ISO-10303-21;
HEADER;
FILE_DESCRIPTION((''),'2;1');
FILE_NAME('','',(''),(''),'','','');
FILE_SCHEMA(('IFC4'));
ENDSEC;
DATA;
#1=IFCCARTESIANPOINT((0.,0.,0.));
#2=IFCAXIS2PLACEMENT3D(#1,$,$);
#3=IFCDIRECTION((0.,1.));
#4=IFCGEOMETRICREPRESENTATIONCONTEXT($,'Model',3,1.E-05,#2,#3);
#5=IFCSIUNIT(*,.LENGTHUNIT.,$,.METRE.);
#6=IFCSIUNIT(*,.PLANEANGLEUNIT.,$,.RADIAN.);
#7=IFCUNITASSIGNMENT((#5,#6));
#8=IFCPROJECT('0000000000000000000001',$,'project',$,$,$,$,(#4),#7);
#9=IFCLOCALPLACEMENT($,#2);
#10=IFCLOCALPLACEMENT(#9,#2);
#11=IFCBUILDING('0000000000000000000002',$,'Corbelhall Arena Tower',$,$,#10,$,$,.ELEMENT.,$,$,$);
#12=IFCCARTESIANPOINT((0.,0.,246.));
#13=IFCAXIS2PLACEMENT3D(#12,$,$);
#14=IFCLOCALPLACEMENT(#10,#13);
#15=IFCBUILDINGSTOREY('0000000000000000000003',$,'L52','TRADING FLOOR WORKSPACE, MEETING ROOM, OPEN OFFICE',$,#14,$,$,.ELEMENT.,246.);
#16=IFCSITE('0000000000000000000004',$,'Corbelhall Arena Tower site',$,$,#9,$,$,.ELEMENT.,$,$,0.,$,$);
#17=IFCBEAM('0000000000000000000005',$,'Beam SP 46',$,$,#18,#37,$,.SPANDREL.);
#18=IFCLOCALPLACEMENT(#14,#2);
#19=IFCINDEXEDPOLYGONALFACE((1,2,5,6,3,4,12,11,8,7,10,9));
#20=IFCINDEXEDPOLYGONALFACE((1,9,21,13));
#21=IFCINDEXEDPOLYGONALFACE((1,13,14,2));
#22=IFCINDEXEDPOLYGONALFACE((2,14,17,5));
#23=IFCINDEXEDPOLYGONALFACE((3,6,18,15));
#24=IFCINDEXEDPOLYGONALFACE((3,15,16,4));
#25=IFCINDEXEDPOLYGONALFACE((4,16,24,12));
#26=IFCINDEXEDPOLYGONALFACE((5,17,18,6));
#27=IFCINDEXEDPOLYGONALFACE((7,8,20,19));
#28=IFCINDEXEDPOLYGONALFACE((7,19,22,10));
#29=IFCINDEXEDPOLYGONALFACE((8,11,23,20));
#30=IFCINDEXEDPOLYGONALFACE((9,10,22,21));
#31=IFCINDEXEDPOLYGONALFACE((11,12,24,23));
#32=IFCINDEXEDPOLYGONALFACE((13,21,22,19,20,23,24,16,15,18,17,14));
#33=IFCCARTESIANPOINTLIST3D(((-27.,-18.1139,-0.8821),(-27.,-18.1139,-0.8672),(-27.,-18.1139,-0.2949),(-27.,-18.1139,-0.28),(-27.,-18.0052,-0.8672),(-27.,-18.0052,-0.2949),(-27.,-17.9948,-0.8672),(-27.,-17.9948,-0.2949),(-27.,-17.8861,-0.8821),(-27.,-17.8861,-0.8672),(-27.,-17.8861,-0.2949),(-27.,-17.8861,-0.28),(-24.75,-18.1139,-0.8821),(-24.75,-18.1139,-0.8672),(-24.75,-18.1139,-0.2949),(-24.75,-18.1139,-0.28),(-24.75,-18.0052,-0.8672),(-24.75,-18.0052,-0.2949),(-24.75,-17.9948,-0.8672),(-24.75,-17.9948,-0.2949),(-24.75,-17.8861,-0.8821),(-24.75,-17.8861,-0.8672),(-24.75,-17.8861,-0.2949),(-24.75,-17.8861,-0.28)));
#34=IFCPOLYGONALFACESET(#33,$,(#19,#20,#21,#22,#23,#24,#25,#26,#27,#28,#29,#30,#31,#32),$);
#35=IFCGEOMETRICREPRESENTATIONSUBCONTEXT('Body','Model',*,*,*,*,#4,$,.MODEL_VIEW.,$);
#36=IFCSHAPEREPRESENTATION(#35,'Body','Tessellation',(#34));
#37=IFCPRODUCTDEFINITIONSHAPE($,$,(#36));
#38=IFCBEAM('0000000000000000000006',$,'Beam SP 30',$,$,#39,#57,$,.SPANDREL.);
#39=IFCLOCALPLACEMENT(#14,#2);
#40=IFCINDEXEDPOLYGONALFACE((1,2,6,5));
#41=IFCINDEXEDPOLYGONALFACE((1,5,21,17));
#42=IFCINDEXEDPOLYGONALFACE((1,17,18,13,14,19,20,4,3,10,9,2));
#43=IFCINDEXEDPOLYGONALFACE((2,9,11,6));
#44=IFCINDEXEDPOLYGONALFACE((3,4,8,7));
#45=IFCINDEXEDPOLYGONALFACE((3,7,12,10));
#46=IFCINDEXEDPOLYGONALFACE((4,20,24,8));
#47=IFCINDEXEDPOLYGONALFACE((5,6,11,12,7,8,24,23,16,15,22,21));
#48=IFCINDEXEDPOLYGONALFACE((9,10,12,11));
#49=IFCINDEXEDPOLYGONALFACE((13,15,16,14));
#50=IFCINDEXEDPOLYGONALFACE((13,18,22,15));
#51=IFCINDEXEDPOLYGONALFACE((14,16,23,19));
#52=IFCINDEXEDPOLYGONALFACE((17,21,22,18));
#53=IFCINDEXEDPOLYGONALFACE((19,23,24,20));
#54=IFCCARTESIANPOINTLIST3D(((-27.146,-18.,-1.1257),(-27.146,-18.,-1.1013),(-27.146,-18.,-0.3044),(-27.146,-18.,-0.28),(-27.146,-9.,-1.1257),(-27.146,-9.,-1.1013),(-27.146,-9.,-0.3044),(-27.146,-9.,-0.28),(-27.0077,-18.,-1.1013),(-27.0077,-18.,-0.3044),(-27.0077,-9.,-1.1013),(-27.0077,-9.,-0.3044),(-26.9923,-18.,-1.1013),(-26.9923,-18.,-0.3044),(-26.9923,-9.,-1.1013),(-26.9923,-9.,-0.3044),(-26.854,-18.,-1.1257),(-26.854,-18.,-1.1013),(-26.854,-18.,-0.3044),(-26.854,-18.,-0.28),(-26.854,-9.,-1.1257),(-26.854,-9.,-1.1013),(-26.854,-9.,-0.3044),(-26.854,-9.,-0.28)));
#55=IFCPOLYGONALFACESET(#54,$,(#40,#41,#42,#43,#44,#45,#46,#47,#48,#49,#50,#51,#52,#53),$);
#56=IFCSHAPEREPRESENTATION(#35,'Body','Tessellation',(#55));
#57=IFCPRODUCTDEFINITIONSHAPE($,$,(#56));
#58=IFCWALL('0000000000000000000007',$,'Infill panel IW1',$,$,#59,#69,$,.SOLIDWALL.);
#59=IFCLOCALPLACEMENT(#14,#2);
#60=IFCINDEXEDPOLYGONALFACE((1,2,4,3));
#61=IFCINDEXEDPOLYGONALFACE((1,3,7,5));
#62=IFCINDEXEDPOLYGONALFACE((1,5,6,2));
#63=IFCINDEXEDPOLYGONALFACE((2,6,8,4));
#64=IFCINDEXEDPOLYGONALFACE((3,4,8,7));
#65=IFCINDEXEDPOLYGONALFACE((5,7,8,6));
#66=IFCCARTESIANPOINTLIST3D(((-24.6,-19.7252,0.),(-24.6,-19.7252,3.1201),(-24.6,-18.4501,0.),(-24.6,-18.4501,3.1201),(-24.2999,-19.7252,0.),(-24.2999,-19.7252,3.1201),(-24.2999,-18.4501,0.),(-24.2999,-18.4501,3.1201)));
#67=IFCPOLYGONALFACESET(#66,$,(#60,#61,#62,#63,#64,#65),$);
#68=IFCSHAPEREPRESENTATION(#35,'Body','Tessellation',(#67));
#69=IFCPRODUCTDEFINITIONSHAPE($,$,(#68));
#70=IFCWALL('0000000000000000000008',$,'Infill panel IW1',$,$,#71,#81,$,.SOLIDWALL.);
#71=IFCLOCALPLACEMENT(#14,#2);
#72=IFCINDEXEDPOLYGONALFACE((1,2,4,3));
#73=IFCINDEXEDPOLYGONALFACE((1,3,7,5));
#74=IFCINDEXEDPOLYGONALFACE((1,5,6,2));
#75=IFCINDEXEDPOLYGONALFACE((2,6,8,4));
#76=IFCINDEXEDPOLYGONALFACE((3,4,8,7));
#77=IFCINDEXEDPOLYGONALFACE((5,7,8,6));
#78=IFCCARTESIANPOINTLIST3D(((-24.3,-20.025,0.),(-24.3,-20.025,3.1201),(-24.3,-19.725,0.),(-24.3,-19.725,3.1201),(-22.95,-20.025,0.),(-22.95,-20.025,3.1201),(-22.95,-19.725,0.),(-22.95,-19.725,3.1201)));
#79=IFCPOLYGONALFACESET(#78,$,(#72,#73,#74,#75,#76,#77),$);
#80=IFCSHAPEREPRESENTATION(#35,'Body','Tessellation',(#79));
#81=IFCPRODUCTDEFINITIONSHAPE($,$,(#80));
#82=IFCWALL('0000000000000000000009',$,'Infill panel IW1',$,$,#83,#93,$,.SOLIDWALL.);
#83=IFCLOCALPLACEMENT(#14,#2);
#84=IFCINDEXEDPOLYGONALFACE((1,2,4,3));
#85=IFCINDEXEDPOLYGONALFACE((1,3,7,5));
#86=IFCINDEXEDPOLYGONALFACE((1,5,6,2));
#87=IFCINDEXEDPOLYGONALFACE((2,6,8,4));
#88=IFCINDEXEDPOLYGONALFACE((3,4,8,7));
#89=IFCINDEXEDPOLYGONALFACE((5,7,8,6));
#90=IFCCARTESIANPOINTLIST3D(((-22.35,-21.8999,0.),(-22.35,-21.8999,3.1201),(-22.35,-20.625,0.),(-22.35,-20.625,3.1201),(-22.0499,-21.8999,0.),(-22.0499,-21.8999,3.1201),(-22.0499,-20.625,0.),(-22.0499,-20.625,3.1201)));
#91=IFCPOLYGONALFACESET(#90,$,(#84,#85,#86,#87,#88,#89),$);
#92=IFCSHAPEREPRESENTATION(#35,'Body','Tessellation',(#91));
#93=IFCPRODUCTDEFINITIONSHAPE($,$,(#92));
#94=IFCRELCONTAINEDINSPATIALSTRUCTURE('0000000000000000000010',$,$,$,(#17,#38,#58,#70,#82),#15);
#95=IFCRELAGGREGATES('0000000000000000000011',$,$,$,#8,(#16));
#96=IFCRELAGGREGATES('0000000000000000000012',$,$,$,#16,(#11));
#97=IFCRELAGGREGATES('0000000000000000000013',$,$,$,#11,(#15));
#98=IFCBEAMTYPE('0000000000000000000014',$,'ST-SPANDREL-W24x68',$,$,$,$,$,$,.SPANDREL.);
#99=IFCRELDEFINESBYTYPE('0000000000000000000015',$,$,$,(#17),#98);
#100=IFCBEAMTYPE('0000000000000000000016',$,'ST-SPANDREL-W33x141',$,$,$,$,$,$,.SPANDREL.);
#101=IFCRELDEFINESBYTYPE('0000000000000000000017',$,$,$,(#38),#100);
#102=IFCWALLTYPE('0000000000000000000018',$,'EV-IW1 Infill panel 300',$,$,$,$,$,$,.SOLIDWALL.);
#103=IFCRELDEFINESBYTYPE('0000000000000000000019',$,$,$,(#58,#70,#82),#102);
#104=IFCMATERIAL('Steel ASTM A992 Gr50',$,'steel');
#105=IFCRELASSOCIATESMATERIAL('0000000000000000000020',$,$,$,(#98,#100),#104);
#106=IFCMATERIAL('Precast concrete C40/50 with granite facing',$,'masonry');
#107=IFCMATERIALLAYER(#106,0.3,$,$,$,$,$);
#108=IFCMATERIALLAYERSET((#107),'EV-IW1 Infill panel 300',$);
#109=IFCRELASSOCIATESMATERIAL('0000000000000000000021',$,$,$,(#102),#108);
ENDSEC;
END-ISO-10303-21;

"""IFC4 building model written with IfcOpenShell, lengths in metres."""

from ifc_helpers import new_model, si_unit, direction, frame, frame_2d, origin, origin_2d, place, context, subcontext, project, spatial, rectangle, i_section, extrude, material, layer, layer_set, material_profile, profile_set, type_object, element, save


model = new_model("IFC4")

# Units and contexts
model_context = context("Model", 3, precision=1e-05, world=origin(), true_north=direction((0.0, 1.0)))
body_context = subcontext(model_context, "Body", "Model", "MODEL_VIEW")
ifc_project = project(units=[si_unit("LENGTHUNIT", "METRE"), si_unit("PLANEANGLEUNIT", "RADIAN")], contexts=[model_context])

# Site, building, storey
site_placement = place(None, origin())
site = spatial("IfcSite", under=ifc_project, at=site_placement, Name="Corbelhall Arena Tower site", CompositionType="ELEMENT", RefElevation=0.0)
building_placement = place(site_placement, origin())
building = spatial("IfcBuilding", under=site, at=building_placement, Name="Corbelhall Arena Tower", CompositionType="ELEMENT")
storey_placement = place(building_placement, frame((0.0, 0.0, 246.0)))
storey = spatial("IfcBuildingStorey", under=building, at=storey_placement, Name="L52", Description="TRADING FLOOR WORKSPACE, MEETING ROOM, OPEN OFFICE", CompositionType="ELEMENT", Elevation=246.0)

# Beams
ifc_material_1 = material(Name="Steel ASTM A992 Gr50", Category="steel")
ifc_material_profile_1 = material_profile(ifc_material_1, i_section(OverallWidth=0.2278, OverallDepth=0.6021, WebThickness=0.0105, FlangeThickness=0.0149, at=origin_2d()))
ifc_profile_set_1 = profile_set([ifc_material_profile_1], Name="Steel ASTM A992 Gr50")
beam_type_1 = type_object("IfcBeamType", Name="ST-SPANDREL-W24x68", PredefinedType="SPANDREL", material=ifc_profile_set_1)
beam_1_placement = place(storey_placement, frame((-24.75, -18.0, -0.5811), z_axis=(-1.0, 0.0, 0.0), x_axis=(0.0, -1.0, 0.0)))
element("IfcBeam", 1, at=beam_1_placement, inside=storey, type_object=beam_type_1, Name="Beam SP 46", PredefinedType="SPANDREL", context=body_context, shape_type="SweptSolid", body=[
    extrude(i_section(OverallWidth=0.2278, OverallDepth=0.6021, WebThickness=0.0105, FlangeThickness=0.0149, at=origin_2d()), origin(), (0.0, 0.0, 1.0), 2.25),
])
ifc_material_profile_2 = material_profile(ifc_material_1, i_section(OverallWidth=0.292, OverallDepth=0.8457, WebThickness=0.0154, FlangeThickness=0.0244, at=origin_2d()))
ifc_profile_set_2 = profile_set([ifc_material_profile_2], Name="Steel ASTM A992 Gr50")
beam_type_2 = type_object("IfcBeamType", Name="ST-SPANDREL-W33x141", PredefinedType="SPANDREL", material=ifc_profile_set_2)
beam_2_placement = place(storey_placement, frame((-27.0, -18.0, -0.7029), z_axis=(0.0, 1.0, 0.0), x_axis=(-1.0, 0.0, 0.0)))
element("IfcBeam", 2, at=beam_2_placement, inside=storey, type_object=beam_type_2, Name="Beam SP 30", PredefinedType="SPANDREL", context=body_context, shape_type="SweptSolid", body=[
    extrude(i_section(OverallWidth=0.292, OverallDepth=0.8457, WebThickness=0.0154, FlangeThickness=0.0244, at=origin_2d()), origin(), (0.0, 0.0, 1.0), 9.0),
])

# Walls
ifc_material_2 = material(Name="Precast concrete C40/50 with granite facing", Category="masonry")
ifc_layer_1 = layer(ifc_material_2, 0.3)
ifc_layer_set_1 = layer_set([ifc_layer_1], Name="EV-IW1 Infill panel 300")
wall_type_1 = type_object("IfcWallType", Name="EV-IW1 Infill panel 300", PredefinedType="SOLIDWALL", material=ifc_layer_set_1)
wall_1_placement = place(storey_placement, frame((-24.45, -18.45, 0.0), z_axis=(0.0, 0.0, 1.0), x_axis=(0.0, -1.0, 0.0)))
element("IfcWall", 3, at=wall_1_placement, inside=storey, type_object=wall_type_1, Name="Infill panel IW1", PredefinedType="SOLIDWALL", context=body_context, shape_type="SweptSolid", body=[
    extrude(rectangle(XDim=1.2751, YDim=0.3, at=frame_2d((0.6377, 0.0))), origin(), (0.0, 0.0, 1.0), 3.1201),
])
wall_2_placement = place(storey_placement, frame((-24.3, -19.875, 0.0), z_axis=(0.0, 0.0, 1.0), x_axis=(1.0, 0.0, 0.0)))
element("IfcWall", 4, at=wall_2_placement, inside=storey, type_object=wall_type_1, Name="Infill panel IW1", PredefinedType="SOLIDWALL", context=body_context, shape_type="SweptSolid", body=[
    extrude(rectangle(XDim=1.3501, YDim=0.3, at=frame_2d((0.675, 0.0))), origin(), (0.0, 0.0, 1.0), 3.1201),
])
wall_3_placement = place(storey_placement, frame((-22.2, -20.625, 0.0), z_axis=(0.0, 0.0, 1.0), x_axis=(0.0, -1.0, 0.0)))
element("IfcWall", 5, at=wall_3_placement, inside=storey, type_object=wall_type_1, Name="Infill panel IW1", PredefinedType="SOLIDWALL", context=body_context, shape_type="SweptSolid", body=[
    extrude(rectangle(XDim=1.2749, YDim=0.3, at=frame_2d((0.6375, 0.0))), origin(), (0.0, 0.0, 1.0), 3.1201),
])

save(model, "model.ifc")
